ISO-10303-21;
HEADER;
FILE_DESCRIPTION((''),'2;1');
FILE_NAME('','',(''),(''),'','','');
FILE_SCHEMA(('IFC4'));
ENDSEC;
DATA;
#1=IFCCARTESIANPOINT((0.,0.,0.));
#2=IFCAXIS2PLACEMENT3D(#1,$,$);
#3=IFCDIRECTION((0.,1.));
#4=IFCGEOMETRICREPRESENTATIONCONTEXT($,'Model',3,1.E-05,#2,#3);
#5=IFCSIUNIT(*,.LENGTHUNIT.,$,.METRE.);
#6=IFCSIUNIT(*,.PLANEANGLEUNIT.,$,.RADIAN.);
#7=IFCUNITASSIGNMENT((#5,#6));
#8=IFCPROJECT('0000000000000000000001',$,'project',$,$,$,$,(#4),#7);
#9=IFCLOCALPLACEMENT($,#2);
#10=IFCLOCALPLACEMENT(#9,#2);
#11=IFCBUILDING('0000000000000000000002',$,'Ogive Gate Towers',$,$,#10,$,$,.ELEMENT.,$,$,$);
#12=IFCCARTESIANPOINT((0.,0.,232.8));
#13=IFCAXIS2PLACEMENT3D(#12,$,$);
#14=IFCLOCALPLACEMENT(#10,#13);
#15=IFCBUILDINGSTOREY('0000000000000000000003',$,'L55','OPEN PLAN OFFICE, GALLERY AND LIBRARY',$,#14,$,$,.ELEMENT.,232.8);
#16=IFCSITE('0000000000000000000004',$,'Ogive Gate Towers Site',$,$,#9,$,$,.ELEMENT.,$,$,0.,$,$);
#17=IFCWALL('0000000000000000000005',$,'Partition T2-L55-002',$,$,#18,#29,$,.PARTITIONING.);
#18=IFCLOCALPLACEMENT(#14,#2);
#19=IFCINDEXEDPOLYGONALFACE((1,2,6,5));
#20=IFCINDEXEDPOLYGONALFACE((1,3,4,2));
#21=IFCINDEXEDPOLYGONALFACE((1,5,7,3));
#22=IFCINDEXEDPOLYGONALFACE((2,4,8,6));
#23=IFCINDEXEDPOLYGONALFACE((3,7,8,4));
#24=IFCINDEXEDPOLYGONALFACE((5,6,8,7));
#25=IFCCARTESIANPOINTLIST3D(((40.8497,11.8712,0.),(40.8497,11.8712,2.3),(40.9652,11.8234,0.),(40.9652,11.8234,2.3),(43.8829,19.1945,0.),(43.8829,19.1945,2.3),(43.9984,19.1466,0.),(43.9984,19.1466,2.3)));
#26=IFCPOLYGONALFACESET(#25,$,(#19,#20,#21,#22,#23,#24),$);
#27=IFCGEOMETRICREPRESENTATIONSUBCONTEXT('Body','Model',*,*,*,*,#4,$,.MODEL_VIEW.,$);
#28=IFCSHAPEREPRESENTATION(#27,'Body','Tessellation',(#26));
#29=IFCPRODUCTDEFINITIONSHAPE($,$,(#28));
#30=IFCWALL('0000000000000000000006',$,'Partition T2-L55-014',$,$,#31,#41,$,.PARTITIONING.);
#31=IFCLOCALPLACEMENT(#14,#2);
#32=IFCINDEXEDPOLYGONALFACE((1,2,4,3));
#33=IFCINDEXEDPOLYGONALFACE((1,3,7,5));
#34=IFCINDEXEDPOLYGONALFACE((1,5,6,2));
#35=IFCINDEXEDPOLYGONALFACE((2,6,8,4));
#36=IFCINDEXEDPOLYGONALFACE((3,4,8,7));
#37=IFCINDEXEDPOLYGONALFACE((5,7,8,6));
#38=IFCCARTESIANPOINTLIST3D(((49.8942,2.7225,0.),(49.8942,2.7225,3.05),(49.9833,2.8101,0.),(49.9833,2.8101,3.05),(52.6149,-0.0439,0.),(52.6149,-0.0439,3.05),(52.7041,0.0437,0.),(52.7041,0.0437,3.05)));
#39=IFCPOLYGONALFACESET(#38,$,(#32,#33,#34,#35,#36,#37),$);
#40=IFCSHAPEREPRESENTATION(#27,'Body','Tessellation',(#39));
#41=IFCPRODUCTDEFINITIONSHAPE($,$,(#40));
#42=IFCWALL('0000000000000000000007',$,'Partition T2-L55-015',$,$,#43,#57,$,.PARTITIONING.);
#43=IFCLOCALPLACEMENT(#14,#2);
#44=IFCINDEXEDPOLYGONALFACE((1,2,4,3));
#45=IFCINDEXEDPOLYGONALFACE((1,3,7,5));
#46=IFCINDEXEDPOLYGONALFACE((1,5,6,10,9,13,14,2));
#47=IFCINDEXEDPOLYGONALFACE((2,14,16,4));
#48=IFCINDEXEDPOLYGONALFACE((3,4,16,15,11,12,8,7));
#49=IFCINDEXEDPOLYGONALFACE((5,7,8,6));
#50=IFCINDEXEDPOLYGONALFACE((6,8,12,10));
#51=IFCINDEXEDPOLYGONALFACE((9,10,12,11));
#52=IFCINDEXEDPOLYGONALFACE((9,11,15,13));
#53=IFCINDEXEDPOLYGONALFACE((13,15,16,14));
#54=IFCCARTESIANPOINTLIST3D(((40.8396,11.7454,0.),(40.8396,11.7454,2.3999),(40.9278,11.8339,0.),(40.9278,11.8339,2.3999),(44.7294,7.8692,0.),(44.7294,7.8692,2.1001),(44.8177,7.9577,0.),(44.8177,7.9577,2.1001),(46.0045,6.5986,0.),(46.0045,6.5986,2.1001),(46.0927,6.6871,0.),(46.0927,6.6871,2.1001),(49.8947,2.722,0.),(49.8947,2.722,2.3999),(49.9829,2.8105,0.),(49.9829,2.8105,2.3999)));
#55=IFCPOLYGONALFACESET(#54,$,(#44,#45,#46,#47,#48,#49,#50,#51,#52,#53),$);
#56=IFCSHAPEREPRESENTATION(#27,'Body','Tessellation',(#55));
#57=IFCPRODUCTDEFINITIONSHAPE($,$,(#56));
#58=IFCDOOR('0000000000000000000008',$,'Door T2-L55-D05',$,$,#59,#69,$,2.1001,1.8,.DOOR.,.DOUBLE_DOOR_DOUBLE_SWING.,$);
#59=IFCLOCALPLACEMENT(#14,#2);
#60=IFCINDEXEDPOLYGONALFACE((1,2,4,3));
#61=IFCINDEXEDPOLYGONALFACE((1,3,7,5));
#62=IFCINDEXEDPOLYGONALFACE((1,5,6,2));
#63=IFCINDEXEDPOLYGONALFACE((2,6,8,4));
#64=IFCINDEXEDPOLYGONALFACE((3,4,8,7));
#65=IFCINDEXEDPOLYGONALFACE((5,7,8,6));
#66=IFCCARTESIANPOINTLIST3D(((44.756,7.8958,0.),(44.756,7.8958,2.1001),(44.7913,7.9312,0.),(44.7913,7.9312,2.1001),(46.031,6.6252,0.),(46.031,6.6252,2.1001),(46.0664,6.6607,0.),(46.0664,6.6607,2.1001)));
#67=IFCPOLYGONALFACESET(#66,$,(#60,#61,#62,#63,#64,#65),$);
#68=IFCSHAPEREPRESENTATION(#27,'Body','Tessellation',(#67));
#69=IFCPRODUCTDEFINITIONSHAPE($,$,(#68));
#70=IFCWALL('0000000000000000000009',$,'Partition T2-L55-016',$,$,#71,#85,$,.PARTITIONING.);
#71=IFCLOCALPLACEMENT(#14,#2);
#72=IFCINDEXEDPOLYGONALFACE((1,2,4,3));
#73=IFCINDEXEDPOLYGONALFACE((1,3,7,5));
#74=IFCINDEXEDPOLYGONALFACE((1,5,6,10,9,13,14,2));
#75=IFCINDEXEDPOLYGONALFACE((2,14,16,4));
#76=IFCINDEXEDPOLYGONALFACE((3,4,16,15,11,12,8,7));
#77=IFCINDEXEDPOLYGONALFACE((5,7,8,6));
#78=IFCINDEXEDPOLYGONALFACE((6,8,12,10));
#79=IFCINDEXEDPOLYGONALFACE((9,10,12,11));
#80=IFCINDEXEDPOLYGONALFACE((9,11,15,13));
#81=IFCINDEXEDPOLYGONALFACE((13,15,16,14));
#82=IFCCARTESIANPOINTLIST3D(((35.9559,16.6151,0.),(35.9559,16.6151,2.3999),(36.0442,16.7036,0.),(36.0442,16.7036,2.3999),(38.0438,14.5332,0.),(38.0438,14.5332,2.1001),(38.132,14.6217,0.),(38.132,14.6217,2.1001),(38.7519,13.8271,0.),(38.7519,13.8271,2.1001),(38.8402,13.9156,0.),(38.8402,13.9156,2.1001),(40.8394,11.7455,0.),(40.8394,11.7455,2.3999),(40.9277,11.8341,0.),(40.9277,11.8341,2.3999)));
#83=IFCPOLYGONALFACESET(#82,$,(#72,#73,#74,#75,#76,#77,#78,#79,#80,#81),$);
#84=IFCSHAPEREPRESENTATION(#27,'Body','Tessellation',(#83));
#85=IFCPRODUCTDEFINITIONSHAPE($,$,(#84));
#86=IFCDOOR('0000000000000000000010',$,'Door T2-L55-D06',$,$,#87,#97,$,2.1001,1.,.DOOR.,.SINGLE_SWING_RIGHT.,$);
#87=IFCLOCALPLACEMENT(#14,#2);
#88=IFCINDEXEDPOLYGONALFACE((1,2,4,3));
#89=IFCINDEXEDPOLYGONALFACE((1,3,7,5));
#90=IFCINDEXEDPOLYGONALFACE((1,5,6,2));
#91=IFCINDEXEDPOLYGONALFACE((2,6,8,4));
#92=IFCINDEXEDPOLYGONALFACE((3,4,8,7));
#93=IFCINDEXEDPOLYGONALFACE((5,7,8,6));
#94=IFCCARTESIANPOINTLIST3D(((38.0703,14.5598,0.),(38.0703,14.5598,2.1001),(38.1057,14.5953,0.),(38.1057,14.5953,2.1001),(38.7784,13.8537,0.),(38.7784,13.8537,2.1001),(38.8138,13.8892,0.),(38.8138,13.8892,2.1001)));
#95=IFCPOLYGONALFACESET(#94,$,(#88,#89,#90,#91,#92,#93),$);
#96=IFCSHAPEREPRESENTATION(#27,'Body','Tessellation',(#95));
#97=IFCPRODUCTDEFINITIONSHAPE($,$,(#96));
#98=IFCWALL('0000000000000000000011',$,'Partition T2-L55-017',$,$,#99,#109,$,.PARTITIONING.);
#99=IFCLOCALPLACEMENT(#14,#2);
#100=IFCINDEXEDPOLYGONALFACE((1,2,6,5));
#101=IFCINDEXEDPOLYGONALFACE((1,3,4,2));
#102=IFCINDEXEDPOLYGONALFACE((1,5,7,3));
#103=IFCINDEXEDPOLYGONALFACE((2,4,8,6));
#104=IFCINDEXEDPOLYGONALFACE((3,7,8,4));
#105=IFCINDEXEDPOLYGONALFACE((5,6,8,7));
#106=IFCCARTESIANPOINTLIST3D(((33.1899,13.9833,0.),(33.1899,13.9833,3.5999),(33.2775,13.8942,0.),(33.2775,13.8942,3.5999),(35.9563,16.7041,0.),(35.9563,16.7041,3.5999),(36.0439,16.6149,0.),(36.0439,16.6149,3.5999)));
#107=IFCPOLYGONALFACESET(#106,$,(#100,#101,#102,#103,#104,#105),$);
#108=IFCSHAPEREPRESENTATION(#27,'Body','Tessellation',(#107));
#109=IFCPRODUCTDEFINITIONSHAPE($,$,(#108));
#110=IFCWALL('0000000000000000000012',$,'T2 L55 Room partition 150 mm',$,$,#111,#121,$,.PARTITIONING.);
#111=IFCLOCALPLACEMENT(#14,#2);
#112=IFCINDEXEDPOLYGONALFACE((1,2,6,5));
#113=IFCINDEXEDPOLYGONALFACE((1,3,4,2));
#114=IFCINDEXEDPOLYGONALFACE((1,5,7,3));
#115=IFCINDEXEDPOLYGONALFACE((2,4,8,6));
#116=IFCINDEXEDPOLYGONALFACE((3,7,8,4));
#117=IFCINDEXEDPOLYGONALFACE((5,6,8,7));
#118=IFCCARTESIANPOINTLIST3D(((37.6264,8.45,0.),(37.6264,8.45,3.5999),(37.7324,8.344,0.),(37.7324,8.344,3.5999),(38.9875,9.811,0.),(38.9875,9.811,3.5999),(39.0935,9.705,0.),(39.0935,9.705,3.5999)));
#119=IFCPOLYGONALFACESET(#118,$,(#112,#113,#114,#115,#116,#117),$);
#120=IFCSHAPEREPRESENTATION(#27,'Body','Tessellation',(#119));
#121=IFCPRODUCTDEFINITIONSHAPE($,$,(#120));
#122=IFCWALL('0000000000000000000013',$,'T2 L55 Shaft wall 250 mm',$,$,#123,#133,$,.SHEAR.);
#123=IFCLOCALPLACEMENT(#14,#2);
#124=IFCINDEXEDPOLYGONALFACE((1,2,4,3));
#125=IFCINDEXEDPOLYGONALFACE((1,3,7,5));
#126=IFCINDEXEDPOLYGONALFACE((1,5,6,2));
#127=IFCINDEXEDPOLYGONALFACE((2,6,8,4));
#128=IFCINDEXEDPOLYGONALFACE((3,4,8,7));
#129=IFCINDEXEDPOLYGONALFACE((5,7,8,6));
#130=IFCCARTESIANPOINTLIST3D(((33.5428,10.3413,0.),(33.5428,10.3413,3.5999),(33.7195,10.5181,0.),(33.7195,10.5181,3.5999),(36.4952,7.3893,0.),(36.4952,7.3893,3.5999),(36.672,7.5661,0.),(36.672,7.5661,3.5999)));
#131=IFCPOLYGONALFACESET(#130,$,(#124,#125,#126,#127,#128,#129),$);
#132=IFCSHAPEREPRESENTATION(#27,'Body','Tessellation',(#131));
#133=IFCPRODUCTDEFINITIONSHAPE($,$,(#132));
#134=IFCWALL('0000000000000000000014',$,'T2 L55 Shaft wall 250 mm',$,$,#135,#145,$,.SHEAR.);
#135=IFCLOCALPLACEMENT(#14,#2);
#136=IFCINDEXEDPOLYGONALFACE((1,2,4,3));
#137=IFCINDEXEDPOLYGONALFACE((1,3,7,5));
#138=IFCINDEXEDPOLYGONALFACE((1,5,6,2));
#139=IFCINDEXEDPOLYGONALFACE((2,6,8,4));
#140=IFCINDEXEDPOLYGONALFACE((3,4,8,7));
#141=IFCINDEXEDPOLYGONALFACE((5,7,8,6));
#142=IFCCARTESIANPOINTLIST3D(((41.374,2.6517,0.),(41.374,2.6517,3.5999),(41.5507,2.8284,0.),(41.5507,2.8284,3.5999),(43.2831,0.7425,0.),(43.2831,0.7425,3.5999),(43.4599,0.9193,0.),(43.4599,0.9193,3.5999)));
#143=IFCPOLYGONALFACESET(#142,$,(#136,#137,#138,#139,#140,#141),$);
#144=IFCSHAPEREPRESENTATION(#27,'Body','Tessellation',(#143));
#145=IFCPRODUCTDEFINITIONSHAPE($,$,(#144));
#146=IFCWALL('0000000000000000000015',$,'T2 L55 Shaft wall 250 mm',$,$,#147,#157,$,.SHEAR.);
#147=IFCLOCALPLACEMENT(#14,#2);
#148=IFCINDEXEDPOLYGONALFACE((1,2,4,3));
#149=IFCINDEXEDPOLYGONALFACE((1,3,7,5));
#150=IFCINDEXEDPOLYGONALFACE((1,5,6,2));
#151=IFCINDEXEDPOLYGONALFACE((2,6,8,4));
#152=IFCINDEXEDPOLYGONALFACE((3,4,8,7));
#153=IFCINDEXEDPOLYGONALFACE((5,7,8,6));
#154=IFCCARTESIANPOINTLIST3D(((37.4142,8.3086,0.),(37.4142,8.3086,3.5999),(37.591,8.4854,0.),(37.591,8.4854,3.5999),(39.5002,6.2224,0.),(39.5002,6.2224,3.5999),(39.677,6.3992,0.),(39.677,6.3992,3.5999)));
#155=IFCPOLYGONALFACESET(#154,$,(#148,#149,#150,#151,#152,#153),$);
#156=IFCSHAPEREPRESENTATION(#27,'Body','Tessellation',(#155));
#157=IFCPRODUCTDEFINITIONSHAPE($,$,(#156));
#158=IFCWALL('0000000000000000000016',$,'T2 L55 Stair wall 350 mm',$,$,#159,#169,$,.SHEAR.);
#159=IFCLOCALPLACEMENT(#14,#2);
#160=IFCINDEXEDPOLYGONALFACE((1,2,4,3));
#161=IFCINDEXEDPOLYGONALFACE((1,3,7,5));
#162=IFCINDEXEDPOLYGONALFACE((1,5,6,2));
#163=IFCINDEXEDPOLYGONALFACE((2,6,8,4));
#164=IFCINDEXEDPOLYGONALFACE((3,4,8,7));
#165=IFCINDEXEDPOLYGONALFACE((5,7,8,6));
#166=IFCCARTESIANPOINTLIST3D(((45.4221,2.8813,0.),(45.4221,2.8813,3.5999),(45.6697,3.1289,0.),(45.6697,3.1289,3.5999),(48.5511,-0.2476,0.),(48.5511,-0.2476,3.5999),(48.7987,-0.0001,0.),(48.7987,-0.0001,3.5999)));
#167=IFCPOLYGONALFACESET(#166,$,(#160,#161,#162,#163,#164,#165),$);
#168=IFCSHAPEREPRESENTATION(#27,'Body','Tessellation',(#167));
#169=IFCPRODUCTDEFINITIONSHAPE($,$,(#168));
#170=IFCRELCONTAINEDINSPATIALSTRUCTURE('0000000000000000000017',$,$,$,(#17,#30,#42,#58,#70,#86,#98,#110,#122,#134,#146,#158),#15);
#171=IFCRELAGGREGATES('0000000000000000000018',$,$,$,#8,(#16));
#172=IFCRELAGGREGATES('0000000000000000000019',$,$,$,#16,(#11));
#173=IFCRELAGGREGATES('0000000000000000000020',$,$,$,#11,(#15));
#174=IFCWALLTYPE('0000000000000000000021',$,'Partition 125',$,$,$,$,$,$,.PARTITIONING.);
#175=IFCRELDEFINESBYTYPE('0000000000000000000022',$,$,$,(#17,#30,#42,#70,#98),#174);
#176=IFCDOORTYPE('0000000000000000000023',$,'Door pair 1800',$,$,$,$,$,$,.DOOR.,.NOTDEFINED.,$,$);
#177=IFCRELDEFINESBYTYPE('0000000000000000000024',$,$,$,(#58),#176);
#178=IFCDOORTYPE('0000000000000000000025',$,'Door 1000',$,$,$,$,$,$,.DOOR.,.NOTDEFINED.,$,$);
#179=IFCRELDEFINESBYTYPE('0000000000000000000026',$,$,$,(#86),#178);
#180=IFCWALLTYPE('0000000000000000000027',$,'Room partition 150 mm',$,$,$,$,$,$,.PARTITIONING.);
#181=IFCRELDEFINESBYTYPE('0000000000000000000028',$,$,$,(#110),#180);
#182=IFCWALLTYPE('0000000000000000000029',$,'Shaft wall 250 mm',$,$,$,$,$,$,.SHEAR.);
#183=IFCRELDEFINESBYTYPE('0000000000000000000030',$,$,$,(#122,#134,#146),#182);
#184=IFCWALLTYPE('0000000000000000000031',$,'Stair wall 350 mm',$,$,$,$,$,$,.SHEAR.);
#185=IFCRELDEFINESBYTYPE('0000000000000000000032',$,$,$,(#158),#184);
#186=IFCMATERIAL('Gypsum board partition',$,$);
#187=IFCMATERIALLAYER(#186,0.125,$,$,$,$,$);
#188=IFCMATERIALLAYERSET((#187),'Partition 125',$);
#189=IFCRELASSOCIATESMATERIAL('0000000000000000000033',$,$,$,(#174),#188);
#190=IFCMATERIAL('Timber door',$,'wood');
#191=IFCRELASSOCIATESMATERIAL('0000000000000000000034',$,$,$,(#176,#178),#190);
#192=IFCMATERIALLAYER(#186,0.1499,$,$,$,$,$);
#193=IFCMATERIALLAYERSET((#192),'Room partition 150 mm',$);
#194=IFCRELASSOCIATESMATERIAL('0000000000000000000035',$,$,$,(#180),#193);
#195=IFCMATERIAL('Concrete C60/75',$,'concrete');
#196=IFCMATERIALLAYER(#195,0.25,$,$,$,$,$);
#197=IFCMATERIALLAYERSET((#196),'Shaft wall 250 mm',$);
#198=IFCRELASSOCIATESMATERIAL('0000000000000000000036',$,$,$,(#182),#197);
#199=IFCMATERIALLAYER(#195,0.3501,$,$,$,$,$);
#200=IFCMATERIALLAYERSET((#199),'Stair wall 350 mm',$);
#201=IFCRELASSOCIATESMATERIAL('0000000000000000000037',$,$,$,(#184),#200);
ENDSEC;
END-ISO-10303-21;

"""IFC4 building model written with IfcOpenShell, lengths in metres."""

from ifc_helpers import new_model, si_unit, direction, frame, frame_2d, origin, place, context, subcontext, project, spatial, rectangle, extrude, material, layer, layer_set, type_object, element, fill, save


model = new_model("IFC4")

# Units and contexts
model_context = context("Model", 3, precision=1e-05, world=origin(), true_north=direction((0.0, 1.0)))
body_context = subcontext(model_context, "Body", "Model", "MODEL_VIEW")
ifc_project = project(units=[si_unit("LENGTHUNIT", "METRE"), si_unit("PLANEANGLEUNIT", "RADIAN")], contexts=[model_context])

# Site, building, storey
site_placement = place(None, origin())
site = spatial("IfcSite", under=ifc_project, at=site_placement, Name="Ogive Gate Towers Site", CompositionType="ELEMENT", RefElevation=0.0)
building_placement = place(site_placement, origin())
building = spatial("IfcBuilding", under=site, at=building_placement, Name="Ogive Gate Towers", CompositionType="ELEMENT")
storey_placement = place(building_placement, frame((0.0, 0.0, 232.8)))
storey = spatial("IfcBuildingStorey", under=building, at=storey_placement, Name="L55", Description="OPEN PLAN OFFICE, GALLERY AND LIBRARY", CompositionType="ELEMENT", Elevation=232.8)

# Shared definitions
ifc_material_1 = material(Name="Concrete C60/75", Category="concrete")

# Walls
ifc_material_2 = material(Name="Gypsum board partition")
ifc_layer_1 = layer(ifc_material_2, 0.125)
ifc_layer_set_1 = layer_set([ifc_layer_1], Name="Partition 125")
wall_type_1 = type_object("IfcWallType", Name="Partition 125", PredefinedType="PARTITIONING", material=ifc_layer_set_1)
wall_1_placement = place(storey_placement, frame((43.9407, 19.1707, 0.0), z_axis=(0.0, 0.0, 1.0), x_axis=(-0.382664, -0.923888, 0.0)))
element("IfcWall", 1, at=wall_1_placement, inside=storey, type_object=wall_type_1, Name="Partition T2-L55-002", PredefinedType="PARTITIONING", context=body_context, shape_type="SweptSolid", body=[
    extrude(rectangle(XDim=7.9265, YDim=0.125, at=frame_2d((3.9634, 0.0))), origin(), (0.0, 0.0, 1.0), 2.3),
])
wall_2_placement = place(storey_placement, frame((52.6594, 0.0, 0.0), z_axis=(0.0, 0.0, 1.0), x_axis=(-0.701199, 0.712965, 0.0)))
element("IfcWall", 2, at=wall_2_placement, inside=storey, type_object=wall_type_1, Name="Partition T2-L55-014", PredefinedType="PARTITIONING", context=body_context, shape_type="SweptSolid", body=[
    extrude(rectangle(XDim=3.8801, YDim=0.125, at=frame_2d((1.9399, 0.0))), origin(), (0.0, 0.0, 1.0), 3.05),
])

# Walls, openings, doors
wall_3_placement = place(storey_placement, frame((49.9387, 2.7664, 0.0), z_axis=(0.0, 0.0, 1.0), x_axis=(-0.708347, 0.705864, 0.0)))
wall_3 = element("IfcWall", 3, at=wall_3_placement, inside=storey, type_object=wall_type_1, Name="Partition T2-L55-015", PredefinedType="PARTITIONING", context=body_context, shape_type="SweptSolid", body=[
    extrude(rectangle(XDim=12.7834, YDim=0.125, at=frame_2d((6.3916, 0.0))), origin(), (0.0, 0.0, 1.0), 2.3999),
])
opening_1_placement = place(wall_3_placement, frame((5.4919, 0.0, 0.0)))
opening_1 = element("IfcOpeningElement", 4, at=opening_1_placement, cuts=wall_3, PredefinedType="OPENING", context=body_context, shape_type="SweptSolid", body=[
    extrude(rectangle(XDim=1.8, YDim=2.1001, at=frame_2d((0.8999, 1.05))), frame((0.0, 0.0725, 0.0), z_axis=(0.0, -1.0, 0.0), x_axis=(1.0, 0.0, 0.0)), (0.0, 0.0, 1.0), 0.145),
])
ifc_material_3 = material(Name="Timber door", Category="wood")
door_type_1 = type_object("IfcDoorType", Name="Door pair 1800", OperationType="NOTDEFINED", PredefinedType="DOOR", material=ifc_material_3)
door_1_placement = place(opening_1_placement, origin())
door_1 = element("IfcDoor", 5, at=door_1_placement, inside=storey, type_object=door_type_1, Name="Door T2-L55-D05", OperationType="DOUBLE_DOOR_DOUBLE_SWING", OverallHeight=2.1001, OverallWidth=1.8, PredefinedType="DOOR", context=body_context, shape_type="SweptSolid", body=[
    extrude(rectangle(XDim=1.8, YDim=2.1001, at=frame_2d((0.8999, 1.05))), frame((0.0, 0.0249, 0.0), z_axis=(0.0, -1.0, 0.0), x_axis=(1.0, 0.0, 0.0)), (0.0, 0.0, 1.0), 0.05),
])
fill(opening_1, door_1)
wall_4_placement = place(storey_placement, frame((40.8835, 11.7898, 0.0), z_axis=(0.0, 0.0, 1.0), x_axis=(-0.708115, 0.706097, 0.0)))
wall_4 = element("IfcWall", 6, at=wall_4_placement, inside=storey, type_object=wall_type_1, Name="Partition T2-L55-016", PredefinedType="PARTITIONING", context=body_context, shape_type="SweptSolid", body=[
    extrude(rectangle(XDim=6.8965, YDim=0.125, at=frame_2d((3.4482, 0.0))), origin(), (0.0, 0.0, 1.0), 2.3999),
])
opening_2_placement = place(wall_4_placement, frame((2.948, 0.0, 0.0)))
opening_2 = element("IfcOpeningElement", 7, at=opening_2_placement, cuts=wall_4, PredefinedType="OPENING", context=body_context, shape_type="SweptSolid", body=[
    extrude(rectangle(XDim=1.0, YDim=2.1001, at=frame_2d((0.5, 1.05))), frame((0.0, 0.0725, 0.0), z_axis=(0.0, -1.0, 0.0), x_axis=(1.0, 0.0, 0.0)), (0.0, 0.0, 1.0), 0.145),
])
door_type_2 = type_object("IfcDoorType", Name="Door 1000", OperationType="NOTDEFINED", PredefinedType="DOOR", material=ifc_material_3)
door_2_placement = place(opening_2_placement, origin())
door_2 = element("IfcDoor", 8, at=door_2_placement, inside=storey, type_object=door_type_2, Name="Door T2-L55-D06", OperationType="SINGLE_SWING_RIGHT", OverallHeight=2.1001, OverallWidth=1.0, PredefinedType="DOOR", context=body_context, shape_type="SweptSolid", body=[
    extrude(rectangle(XDim=1.0, YDim=2.1001, at=frame_2d((0.5, 1.05))), frame((0.0, 0.0249, 0.0), z_axis=(0.0, -1.0, 0.0), x_axis=(1.0, 0.0, 0.0)), (0.0, 0.0, 1.0), 0.05),
])
fill(opening_2, door_2)

# Walls
wall_5_placement = place(storey_placement, frame((36.0, 16.6594, 0.0), z_axis=(0.0, 0.0, 1.0), x_axis=(-0.712965, -0.701199, 0.0)))
element("IfcWall", 9, at=wall_5_placement, inside=storey, type_object=wall_type_1, Name="Partition T2-L55-017", PredefinedType="PARTITIONING", context=body_context, shape_type="SweptSolid", body=[
    extrude(rectangle(XDim=3.8801, YDim=0.125, at=frame_2d((1.9399, 0.0))), origin(), (0.0, 0.0, 1.0), 3.5999),
])
ifc_layer_2 = layer(ifc_material_2, 0.1499)
ifc_layer_set_2 = layer_set([ifc_layer_2], Name="Room partition 150 mm")
wall_type_2 = type_object("IfcWallType", Name="Room partition 150 mm", PredefinedType="PARTITIONING", material=ifc_layer_set_2)
wall_6_placement = place(storey_placement, frame((37.6794, 8.397, 0.0), z_axis=(0.0, 0.0, 1.0), x_axis=(0.707107, 0.707107, 0.0)))
element("IfcWall", 10, at=wall_6_placement, inside=storey, type_object=wall_type_2, Name="T2 L55 Room partition 150 mm", PredefinedType="PARTITIONING", context=body_context, shape_type="SweptSolid", body=[
    extrude(rectangle(XDim=1.9248, YDim=0.1499, at=frame_2d((0.9624, 0.0))), origin(), (0.0, 0.0, 1.0), 3.5999),
])
ifc_layer_3 = layer(ifc_material_1, 0.25)
ifc_layer_set_3 = layer_set([ifc_layer_3], Name="Shaft wall 250 mm")
wall_type_3 = type_object("IfcWallType", Name="Shaft wall 250 mm", PredefinedType="SHEAR", material=ifc_layer_set_3)
wall_7_placement = place(storey_placement, frame((36.5835, 7.4778, 0.0), z_axis=(0.0, 0.0, 1.0), x_axis=(-0.707165, 0.707048, 0.0)))
element("IfcWall", 11, at=wall_7_placement, inside=storey, type_object=wall_type_3, Name="T2 L55 Shaft wall 250 mm", PredefinedType="SHEAR", context=body_context, shape_type="SweptSolid", body=[
    extrude(rectangle(XDim=4.175, YDim=0.25, at=frame_2d((2.0874, 0.0))), origin(), (0.0, 0.0, 1.0), 3.5999),
])
wall_8_placement = place(storey_placement, frame((43.3716, 0.8308, 0.0), z_axis=(0.0, 0.0, 1.0), x_axis=(-0.707107, 0.707107, 0.0)))
element("IfcWall", 12, at=wall_8_placement, inside=storey, type_object=wall_type_3, Name="T2 L55 Shaft wall 250 mm", PredefinedType="SHEAR", context=body_context, shape_type="SweptSolid", body=[
    extrude(rectangle(XDim=2.7, YDim=0.25, at=frame_2d((1.3501, 0.0))), origin(), (0.0, 0.0, 1.0), 3.5999),
])
wall_9_placement = place(storey_placement, frame((39.5886, 6.3108, 0.0), z_axis=(0.0, 0.0, 1.0), x_axis=(-0.707065, 0.707148, 0.0)))
element("IfcWall", 13, at=wall_9_placement, inside=storey, type_object=wall_type_3, Name="T2 L55 Shaft wall 250 mm", PredefinedType="SHEAR", context=body_context, shape_type="SweptSolid", body=[
    extrude(rectangle(XDim=2.9502, YDim=0.25, at=frame_2d((1.4751, 0.0))), origin(), (0.0, 0.0, 1.0), 3.5999),
])
ifc_layer_4 = layer(ifc_material_1, 0.3501)
ifc_layer_set_4 = layer_set([ifc_layer_4], Name="Stair wall 350 mm")
wall_type_4 = type_object("IfcWallType", Name="Stair wall 350 mm", PredefinedType="SHEAR", material=ifc_layer_set_4)
wall_10_placement = place(storey_placement, frame((48.6748, -0.1238, 0.0), z_axis=(0.0, 0.0, 1.0), x_axis=(-0.707107, 0.707107, 0.0)))
element("IfcWall", 14, at=wall_10_placement, inside=storey, type_object=wall_type_4, Name="T2 L55 Stair wall 350 mm", PredefinedType="SHEAR", context=body_context, shape_type="SweptSolid", body=[
    extrude(rectangle(XDim=4.425, YDim=0.3501, at=frame_2d((2.2124, 0.0))), origin(), (0.0, 0.0, 1.0), 3.5999),
])

save(model, "model.ifc")
